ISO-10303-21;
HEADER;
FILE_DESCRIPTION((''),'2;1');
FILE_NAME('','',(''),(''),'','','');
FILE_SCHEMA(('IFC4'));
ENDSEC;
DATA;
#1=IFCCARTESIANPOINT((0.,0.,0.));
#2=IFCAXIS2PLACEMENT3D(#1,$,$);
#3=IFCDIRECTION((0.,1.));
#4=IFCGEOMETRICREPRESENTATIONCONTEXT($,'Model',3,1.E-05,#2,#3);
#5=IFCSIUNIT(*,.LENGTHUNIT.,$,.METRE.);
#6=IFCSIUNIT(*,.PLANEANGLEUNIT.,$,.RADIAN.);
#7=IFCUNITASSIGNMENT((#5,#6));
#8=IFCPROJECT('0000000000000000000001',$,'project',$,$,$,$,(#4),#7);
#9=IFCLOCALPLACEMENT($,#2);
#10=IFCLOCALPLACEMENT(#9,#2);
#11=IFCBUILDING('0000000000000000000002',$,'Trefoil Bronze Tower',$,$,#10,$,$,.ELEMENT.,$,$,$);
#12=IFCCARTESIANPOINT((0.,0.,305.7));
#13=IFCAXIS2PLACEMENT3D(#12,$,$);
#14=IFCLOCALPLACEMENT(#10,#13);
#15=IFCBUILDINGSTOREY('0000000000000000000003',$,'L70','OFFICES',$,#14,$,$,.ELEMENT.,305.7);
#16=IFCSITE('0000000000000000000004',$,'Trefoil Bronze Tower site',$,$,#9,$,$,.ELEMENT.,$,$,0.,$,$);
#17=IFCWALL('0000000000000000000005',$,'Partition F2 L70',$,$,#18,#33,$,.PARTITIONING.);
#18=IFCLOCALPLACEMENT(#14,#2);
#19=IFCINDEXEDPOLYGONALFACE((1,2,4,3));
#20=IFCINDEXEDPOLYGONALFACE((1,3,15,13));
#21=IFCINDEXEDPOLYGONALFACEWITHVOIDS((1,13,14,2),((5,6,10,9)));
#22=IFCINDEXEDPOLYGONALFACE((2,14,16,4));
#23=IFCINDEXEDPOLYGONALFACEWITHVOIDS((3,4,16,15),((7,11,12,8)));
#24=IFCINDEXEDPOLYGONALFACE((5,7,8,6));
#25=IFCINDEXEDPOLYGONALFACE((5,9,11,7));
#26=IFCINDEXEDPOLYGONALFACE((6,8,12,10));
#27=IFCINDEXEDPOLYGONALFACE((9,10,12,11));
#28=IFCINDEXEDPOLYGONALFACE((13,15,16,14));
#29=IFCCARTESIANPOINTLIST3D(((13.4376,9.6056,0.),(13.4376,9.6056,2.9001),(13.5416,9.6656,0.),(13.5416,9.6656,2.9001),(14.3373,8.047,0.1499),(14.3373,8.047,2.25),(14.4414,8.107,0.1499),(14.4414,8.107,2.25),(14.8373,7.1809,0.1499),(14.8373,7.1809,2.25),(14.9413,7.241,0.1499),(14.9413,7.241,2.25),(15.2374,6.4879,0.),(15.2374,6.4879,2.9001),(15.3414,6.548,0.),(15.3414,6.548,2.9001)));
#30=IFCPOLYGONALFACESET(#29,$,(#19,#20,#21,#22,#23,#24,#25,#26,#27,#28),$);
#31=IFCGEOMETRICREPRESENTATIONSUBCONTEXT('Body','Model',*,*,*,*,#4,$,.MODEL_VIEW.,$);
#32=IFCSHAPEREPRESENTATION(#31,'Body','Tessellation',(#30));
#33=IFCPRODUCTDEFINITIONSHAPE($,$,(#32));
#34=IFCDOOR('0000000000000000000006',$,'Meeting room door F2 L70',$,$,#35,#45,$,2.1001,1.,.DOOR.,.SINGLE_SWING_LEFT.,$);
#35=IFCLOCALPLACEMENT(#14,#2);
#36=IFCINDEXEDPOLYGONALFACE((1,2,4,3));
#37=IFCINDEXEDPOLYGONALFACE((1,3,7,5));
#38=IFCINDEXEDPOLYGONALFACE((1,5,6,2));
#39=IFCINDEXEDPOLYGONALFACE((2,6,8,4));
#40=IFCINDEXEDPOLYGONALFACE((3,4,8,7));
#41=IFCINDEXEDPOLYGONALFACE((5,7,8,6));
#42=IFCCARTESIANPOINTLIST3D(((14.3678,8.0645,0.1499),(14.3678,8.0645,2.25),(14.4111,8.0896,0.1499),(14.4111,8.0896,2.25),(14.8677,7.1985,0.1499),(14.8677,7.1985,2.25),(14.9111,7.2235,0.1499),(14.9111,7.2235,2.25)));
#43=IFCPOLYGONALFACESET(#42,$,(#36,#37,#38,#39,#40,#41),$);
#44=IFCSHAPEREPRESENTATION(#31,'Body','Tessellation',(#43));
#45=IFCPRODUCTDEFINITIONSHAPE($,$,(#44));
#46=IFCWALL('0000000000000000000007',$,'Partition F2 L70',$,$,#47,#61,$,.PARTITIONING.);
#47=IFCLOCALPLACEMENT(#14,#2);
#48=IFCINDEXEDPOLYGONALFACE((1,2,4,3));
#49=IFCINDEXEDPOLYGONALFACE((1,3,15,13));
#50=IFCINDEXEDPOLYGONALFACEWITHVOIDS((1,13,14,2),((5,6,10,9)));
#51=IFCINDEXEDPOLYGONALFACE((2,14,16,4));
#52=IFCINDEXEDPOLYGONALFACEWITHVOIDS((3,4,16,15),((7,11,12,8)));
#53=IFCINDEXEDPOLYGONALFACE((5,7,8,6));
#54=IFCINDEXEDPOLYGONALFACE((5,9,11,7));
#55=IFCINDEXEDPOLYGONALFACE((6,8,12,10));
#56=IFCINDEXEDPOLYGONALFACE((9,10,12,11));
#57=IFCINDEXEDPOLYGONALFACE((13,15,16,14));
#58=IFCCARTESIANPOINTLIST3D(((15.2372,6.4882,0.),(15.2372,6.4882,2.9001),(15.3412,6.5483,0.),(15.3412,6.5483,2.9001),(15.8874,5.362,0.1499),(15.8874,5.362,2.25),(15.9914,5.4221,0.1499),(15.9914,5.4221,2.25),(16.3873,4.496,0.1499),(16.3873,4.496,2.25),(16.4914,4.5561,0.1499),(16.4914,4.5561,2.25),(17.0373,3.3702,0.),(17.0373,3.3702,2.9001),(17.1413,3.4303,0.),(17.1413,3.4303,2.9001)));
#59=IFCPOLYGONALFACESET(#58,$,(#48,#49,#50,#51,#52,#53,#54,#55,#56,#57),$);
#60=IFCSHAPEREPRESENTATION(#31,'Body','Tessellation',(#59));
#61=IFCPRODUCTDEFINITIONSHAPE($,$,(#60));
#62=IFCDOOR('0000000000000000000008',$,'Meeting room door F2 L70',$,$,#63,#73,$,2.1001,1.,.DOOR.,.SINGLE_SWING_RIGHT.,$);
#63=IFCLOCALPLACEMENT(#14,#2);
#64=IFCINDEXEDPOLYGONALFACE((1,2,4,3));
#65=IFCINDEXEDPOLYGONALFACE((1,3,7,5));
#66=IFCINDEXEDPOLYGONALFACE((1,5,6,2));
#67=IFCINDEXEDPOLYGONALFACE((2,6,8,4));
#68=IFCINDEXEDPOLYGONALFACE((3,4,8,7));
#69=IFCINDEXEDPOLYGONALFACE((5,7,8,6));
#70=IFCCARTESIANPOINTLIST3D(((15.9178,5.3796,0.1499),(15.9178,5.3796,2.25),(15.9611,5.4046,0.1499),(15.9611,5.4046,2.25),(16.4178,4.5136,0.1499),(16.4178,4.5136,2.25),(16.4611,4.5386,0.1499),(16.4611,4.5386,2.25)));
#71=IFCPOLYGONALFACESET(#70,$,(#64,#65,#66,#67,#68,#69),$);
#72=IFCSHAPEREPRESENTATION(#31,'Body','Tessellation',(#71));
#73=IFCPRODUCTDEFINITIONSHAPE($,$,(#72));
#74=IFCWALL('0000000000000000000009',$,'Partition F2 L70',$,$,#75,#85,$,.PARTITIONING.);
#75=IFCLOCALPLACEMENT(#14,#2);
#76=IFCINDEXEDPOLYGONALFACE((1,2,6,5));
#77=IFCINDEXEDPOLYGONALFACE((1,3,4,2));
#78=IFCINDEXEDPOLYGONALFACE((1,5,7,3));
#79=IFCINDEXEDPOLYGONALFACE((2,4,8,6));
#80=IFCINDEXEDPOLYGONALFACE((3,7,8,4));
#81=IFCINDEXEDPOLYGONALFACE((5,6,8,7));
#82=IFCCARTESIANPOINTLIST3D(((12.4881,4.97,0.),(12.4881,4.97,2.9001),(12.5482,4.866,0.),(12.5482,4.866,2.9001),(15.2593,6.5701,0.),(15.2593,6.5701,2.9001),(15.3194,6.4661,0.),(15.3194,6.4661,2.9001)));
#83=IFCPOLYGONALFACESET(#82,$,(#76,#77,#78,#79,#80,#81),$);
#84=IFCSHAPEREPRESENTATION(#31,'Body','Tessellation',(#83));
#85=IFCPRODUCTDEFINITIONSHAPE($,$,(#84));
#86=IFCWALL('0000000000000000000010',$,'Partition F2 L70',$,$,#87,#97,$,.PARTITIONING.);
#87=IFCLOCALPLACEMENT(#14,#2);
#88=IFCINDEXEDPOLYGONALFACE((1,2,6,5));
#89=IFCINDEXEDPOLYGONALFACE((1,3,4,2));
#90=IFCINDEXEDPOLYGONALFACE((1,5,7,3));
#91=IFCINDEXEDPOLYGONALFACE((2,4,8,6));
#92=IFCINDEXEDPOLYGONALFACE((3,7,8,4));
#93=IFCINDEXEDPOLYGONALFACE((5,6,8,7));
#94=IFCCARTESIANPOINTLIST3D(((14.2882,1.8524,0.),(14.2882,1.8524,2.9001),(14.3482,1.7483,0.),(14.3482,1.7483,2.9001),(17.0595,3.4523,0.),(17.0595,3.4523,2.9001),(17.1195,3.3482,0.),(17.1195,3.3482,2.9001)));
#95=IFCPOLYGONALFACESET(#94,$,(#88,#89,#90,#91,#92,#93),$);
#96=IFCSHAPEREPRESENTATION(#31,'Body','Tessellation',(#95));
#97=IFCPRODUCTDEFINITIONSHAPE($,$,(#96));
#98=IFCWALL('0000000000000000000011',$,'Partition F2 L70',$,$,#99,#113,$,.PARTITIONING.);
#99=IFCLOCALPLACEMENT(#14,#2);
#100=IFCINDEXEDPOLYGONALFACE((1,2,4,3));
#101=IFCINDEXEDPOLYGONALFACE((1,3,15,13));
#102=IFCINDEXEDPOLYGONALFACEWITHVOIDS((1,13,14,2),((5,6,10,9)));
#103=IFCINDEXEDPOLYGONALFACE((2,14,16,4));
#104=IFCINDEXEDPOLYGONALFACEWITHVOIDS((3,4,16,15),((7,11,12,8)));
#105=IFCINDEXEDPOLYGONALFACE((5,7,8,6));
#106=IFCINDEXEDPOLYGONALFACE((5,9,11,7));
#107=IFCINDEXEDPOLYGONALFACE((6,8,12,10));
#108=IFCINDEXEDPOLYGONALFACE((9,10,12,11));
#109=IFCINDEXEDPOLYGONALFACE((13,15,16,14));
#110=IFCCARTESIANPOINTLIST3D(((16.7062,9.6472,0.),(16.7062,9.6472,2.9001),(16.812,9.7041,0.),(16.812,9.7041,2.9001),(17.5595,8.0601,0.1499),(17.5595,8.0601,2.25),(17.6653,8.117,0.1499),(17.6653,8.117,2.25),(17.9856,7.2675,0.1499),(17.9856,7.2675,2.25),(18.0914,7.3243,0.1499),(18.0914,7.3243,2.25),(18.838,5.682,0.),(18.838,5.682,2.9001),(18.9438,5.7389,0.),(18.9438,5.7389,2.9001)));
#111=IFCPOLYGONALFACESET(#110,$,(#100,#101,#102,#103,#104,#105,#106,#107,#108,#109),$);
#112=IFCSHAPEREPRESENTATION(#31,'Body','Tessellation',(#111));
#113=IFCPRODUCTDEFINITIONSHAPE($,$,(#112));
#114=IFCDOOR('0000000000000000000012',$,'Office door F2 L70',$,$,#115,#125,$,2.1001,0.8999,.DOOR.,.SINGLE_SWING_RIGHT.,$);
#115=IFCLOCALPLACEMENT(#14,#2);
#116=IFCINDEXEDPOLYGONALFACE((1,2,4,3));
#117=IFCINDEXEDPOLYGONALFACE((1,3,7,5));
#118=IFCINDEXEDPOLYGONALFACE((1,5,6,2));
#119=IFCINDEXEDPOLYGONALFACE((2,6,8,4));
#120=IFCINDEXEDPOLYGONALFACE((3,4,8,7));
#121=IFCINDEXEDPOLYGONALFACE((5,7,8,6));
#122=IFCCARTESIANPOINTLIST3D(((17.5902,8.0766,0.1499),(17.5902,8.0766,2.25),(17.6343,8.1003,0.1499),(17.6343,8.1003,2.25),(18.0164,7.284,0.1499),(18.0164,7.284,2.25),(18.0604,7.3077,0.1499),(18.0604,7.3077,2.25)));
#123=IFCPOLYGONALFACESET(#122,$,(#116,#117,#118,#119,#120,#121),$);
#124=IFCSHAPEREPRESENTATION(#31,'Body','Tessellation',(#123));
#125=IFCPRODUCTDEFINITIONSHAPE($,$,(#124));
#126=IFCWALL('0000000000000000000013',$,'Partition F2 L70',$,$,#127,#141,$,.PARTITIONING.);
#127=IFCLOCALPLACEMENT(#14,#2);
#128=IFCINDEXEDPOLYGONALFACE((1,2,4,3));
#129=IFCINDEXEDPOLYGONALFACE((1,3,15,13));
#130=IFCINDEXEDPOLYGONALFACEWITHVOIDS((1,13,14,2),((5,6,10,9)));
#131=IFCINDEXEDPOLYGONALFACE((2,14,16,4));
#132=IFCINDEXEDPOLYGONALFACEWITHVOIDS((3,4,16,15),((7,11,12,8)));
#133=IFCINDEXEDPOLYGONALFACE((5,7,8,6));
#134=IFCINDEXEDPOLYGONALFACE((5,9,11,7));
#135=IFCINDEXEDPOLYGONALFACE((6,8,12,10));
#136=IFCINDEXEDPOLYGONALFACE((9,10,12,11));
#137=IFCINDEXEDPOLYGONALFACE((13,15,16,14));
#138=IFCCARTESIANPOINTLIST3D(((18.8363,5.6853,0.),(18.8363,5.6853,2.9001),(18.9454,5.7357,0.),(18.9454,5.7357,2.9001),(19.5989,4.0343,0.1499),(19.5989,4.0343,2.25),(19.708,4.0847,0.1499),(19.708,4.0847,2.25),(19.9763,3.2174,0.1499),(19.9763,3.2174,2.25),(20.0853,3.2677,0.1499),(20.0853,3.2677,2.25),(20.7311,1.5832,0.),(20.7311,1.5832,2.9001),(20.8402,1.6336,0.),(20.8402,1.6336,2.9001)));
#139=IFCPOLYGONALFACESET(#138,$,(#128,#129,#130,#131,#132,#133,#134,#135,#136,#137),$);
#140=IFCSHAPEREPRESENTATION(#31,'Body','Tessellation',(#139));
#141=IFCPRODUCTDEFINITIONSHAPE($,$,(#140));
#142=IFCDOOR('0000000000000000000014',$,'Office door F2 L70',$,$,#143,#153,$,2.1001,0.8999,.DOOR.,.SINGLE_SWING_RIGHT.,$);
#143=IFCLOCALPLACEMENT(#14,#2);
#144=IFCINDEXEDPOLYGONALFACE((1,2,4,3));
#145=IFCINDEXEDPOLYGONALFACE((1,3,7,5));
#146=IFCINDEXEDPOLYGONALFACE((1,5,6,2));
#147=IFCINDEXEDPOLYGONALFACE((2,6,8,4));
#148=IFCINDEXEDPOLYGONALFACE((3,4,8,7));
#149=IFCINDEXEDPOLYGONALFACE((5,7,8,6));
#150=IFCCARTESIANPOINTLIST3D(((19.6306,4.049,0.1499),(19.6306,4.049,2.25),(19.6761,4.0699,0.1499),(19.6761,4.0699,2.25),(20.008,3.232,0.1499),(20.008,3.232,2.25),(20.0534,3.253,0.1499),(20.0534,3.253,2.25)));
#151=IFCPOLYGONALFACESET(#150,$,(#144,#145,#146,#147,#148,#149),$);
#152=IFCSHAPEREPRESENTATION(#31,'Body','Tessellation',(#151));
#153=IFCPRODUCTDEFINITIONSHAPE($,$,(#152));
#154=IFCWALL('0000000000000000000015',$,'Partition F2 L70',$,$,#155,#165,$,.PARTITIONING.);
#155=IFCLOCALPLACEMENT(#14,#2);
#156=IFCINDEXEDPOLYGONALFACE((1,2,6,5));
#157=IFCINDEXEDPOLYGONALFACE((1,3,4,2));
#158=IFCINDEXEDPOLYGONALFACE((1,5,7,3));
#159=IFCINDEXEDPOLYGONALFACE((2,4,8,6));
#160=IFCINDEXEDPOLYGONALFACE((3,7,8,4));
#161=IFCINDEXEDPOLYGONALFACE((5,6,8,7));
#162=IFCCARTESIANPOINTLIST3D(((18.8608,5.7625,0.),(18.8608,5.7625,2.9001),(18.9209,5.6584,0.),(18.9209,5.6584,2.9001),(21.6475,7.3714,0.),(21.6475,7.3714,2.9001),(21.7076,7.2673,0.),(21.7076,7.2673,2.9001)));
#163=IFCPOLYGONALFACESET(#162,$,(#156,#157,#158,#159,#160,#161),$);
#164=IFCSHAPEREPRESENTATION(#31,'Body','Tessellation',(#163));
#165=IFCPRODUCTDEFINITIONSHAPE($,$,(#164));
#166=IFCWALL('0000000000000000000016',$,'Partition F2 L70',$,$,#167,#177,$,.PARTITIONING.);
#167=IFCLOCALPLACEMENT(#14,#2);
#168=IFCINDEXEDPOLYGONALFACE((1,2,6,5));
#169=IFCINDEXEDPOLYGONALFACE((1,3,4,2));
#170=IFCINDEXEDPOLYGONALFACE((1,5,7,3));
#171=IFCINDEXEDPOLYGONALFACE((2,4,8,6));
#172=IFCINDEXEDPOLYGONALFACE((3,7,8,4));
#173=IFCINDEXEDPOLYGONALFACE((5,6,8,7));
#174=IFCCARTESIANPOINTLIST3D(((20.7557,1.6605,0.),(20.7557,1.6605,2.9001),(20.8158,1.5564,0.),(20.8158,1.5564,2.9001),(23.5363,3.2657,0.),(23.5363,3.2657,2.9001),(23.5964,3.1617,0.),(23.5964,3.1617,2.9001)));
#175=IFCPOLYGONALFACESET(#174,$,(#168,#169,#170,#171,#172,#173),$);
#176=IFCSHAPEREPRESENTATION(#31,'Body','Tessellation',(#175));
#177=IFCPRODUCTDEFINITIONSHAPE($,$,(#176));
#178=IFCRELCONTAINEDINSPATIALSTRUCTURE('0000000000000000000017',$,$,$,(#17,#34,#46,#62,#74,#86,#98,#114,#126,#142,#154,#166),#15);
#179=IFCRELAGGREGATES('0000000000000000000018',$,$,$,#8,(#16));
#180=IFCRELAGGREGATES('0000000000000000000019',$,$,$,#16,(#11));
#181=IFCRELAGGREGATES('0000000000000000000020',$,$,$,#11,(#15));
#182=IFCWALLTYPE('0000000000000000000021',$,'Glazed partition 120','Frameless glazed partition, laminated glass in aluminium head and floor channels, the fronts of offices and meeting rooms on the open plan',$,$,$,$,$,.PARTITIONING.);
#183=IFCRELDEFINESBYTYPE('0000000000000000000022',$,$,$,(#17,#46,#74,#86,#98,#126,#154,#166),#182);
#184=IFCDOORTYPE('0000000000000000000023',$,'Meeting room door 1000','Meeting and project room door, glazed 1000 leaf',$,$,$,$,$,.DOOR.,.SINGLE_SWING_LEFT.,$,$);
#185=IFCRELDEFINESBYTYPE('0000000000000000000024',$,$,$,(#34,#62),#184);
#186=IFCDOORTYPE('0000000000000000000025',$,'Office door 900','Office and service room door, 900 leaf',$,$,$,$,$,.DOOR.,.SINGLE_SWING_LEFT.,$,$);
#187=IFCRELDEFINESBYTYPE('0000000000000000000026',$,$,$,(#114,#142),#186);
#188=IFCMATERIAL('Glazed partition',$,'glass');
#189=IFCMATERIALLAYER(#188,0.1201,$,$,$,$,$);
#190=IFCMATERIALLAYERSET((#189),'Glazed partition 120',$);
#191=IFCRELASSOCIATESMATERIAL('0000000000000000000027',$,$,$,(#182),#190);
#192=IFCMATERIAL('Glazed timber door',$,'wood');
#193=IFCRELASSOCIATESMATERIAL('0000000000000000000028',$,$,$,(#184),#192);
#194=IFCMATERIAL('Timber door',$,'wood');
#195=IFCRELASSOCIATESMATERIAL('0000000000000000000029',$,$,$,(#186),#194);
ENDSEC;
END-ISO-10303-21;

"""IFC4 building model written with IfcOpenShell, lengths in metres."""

from ifc_helpers import new_model, si_unit, direction, frame, frame_2d, origin, place, context, subcontext, project, spatial, rectangle, extrude, material, layer, layer_set, type_object, element, fill, save


model = new_model("IFC4")

# Units and contexts
model_context = context("Model", 3, precision=1e-05, world=origin(), true_north=direction((0.0, 1.0)))
body_context = subcontext(model_context, "Body", "Model", "MODEL_VIEW")
ifc_project = project(units=[si_unit("LENGTHUNIT", "METRE"), si_unit("PLANEANGLEUNIT", "RADIAN")], contexts=[model_context])

# Site, building, storey
site_placement = place(None, origin())
site = spatial("IfcSite", under=ifc_project, at=site_placement, Name="Trefoil Bronze Tower site", CompositionType="ELEMENT", RefElevation=0.0)
building_placement = place(site_placement, origin())
building = spatial("IfcBuilding", under=site, at=building_placement, Name="Trefoil Bronze Tower", CompositionType="ELEMENT")
storey_placement = place(building_placement, frame((0.0, 0.0, 305.7)))
storey = spatial("IfcBuildingStorey", under=building, at=storey_placement, Name="L70", Description="OFFICES", CompositionType="ELEMENT", Elevation=305.7)

# Walls, openings, doors
ifc_material_1 = material(Name="Glazed partition", Category="glass")
ifc_layer_1 = layer(ifc_material_1, 0.1201)
ifc_layer_set_1 = layer_set([ifc_layer_1], Name="Glazed partition 120")
wall_type_1 = type_object("IfcWallType", Name="Glazed partition 120", Description="Frameless glazed partition, laminated glass in aluminium head and floor channels, the fronts of offices and meeting rooms on the open plan", PredefinedType="PARTITIONING", material=ifc_layer_set_1)
wall_1_placement = place(storey_placement, frame((15.2893, 6.5181, 0.0), z_axis=(0.0, 0.0, 1.0), x_axis=(-0.499961, 0.866048, 0.0)))
wall_1 = element("IfcWall", 1, at=wall_1_placement, inside=storey, type_object=wall_type_1, Name="Partition F2 L70", PredefinedType="PARTITIONING", context=body_context, shape_type="SweptSolid", body=[
    extrude(rectangle(XDim=3.5999, YDim=0.1201, at=frame_2d((1.7998, 0.0))), origin(), (0.0, 0.0, 1.0), 2.9001),
])
opening_1_placement = place(wall_1_placement, frame((0.8, 0.0, 0.1499)))
opening_1 = element("IfcOpeningElement", 2, at=opening_1_placement, cuts=wall_1, PredefinedType="OPENING", context=body_context, shape_type="SweptSolid", body=[
    extrude(rectangle(XDim=1.0, YDim=2.1001, at=frame_2d((0.5, 1.05))), frame((0.0, 0.0701, 0.0), z_axis=(0.0, -1.0, 0.0), x_axis=(1.0, 0.0, 0.0)), (0.0, 0.0, 1.0), 0.1401),
])
ifc_material_2 = material(Name="Glazed timber door", Category="wood")
door_type_1 = type_object("IfcDoorType", Name="Meeting room door 1000", Description="Meeting and project room door, glazed 1000 leaf", OperationType="SINGLE_SWING_LEFT", PredefinedType="DOOR", material=ifc_material_2)
door_1_placement = place(opening_1_placement, origin())
door_1 = element("IfcDoor", 3, at=door_1_placement, inside=storey, type_object=door_type_1, Name="Meeting room door F2 L70", OperationType="SINGLE_SWING_LEFT", OverallHeight=2.1001, OverallWidth=1.0, PredefinedType="DOOR", context=body_context, shape_type="SweptSolid", body=[
    extrude(rectangle(XDim=1.0, YDim=2.1001, at=frame_2d((0.5, 1.05))), frame((0.0, 0.0249, 0.0), z_axis=(0.0, -1.0, 0.0), x_axis=(1.0, 0.0, 0.0)), (0.0, 0.0, 1.0), 0.05),
])
fill(opening_1, door_1)
wall_2_placement = place(storey_placement, frame((17.0894, 3.4001, 0.0), z_axis=(0.0, 0.0, 1.0), x_axis=(-0.499983, 0.866035, 0.0)))
wall_2 = element("IfcWall", 4, at=wall_2_placement, inside=storey, type_object=wall_type_1, Name="Partition F2 L70", PredefinedType="PARTITIONING", context=body_context, shape_type="SweptSolid", body=[
    extrude(rectangle(XDim=3.6003, YDim=0.1201, at=frame_2d((1.8003, 0.0))), origin(), (0.0, 0.0, 1.0), 2.9001),
])
opening_2_placement = place(wall_2_placement, frame((1.3, 0.0, 0.1499)))
opening_2 = element("IfcOpeningElement", 5, at=opening_2_placement, cuts=wall_2, PredefinedType="OPENING", context=body_context, shape_type="SweptSolid", body=[
    extrude(rectangle(XDim=1.0, YDim=2.1001, at=frame_2d((0.5, 1.05))), frame((0.0, 0.0701, 0.0), z_axis=(0.0, -1.0, 0.0), x_axis=(1.0, 0.0, 0.0)), (0.0, 0.0, 1.0), 0.1401),
])
door_2_placement = place(opening_2_placement, origin())
door_2 = element("IfcDoor", 6, at=door_2_placement, inside=storey, type_object=door_type_1, Name="Meeting room door F2 L70", OperationType="SINGLE_SWING_RIGHT", OverallHeight=2.1001, OverallWidth=1.0, PredefinedType="DOOR", context=body_context, shape_type="SweptSolid", body=[
    extrude(rectangle(XDim=1.0, YDim=2.1001, at=frame_2d((0.5, 1.05))), frame((0.0, 0.0249, 0.0), z_axis=(0.0, -1.0, 0.0), x_axis=(1.0, 0.0, 0.0)), (0.0, 0.0, 1.0), 0.05),
])
fill(opening_2, door_2)

# Walls
for number, where, z_axis, x_axis, name in (
    (7, (12.5181, 4.918, 0.0), (0.0, 0.0, 1.0), (0.866009, 0.500028, 0.0), "Partition F2 L70"),
    (8, (14.3181, 1.8003, 0.0), (0.0, 0.0, 1.0), (0.866042, 0.499971, 0.0), "Partition F2 L70"),
):
    element("IfcWall", number, at=place(storey_placement, frame(where, z_axis=z_axis, x_axis=x_axis)), inside=storey, type_object=wall_type_1, Name=name, PredefinedType="PARTITIONING", context=body_context, shape_type="SweptSolid", body=[
        extrude(rectangle(XDim=3.2, YDim=0.1201, at=frame_2d((1.6001, 0.0))), origin(), (0.0, 0.0, 1.0), 2.9001),
    ])

# Walls, openings, doors
wall_3_placement = place(storey_placement, frame((18.8909, 5.7104, 0.0), z_axis=(0.0, 0.0, 1.0), x_axis=(-0.473524, 0.880781, 0.0)))
wall_3 = element("IfcWall", 9, at=wall_3_placement, inside=storey, type_object=wall_type_1, Name="Partition F2 L70", PredefinedType="PARTITIONING", context=body_context, shape_type="SweptSolid", body=[
    extrude(rectangle(XDim=4.502, YDim=0.1201, at=frame_2d((2.251, 0.0))), origin(), (0.0, 0.0, 1.0), 2.9001),
])
opening_3_placement = place(wall_3_placement, frame((1.8, 0.0, 0.1499)))
opening_3 = element("IfcOpeningElement", 10, at=opening_3_placement, cuts=wall_3, PredefinedType="OPENING", context=body_context, shape_type="SweptSolid", body=[
    extrude(rectangle(XDim=0.8999, YDim=2.1001, at=frame_2d((0.45, 1.05))), frame((0.0, 0.0701, 0.0), z_axis=(0.0, -1.0, 0.0), x_axis=(1.0, 0.0, 0.0)), (0.0, 0.0, 1.0), 0.1401),
])
ifc_material_3 = material(Name="Timber door", Category="wood")
door_type_2 = type_object("IfcDoorType", Name="Office door 900", Description="Office and service room door, 900 leaf", OperationType="SINGLE_SWING_LEFT", PredefinedType="DOOR", material=ifc_material_3)
door_3_placement = place(opening_3_placement, frame((0.8999, 0.0, 0.0), z_axis=(0.0, 0.0, 1.0), x_axis=(-1.0, 0.0, 0.0)))
door_3 = element("IfcDoor", 11, at=door_3_placement, inside=storey, type_object=door_type_2, Name="Office door F2 L70", OperationType="SINGLE_SWING_RIGHT", OverallHeight=2.1001, OverallWidth=0.8999, PredefinedType="DOOR", context=body_context, shape_type="SweptSolid", body=[
    extrude(rectangle(XDim=0.8999, YDim=2.1001, at=frame_2d((0.45, 1.05))), frame((0.0, 0.0249, 0.0), z_axis=(0.0, -1.0, 0.0), x_axis=(1.0, 0.0, 0.0)), (0.0, 0.0, 1.0), 0.05),
])
fill(opening_3, door_3)
wall_4_placement = place(storey_placement, frame((20.7856, 1.6084, 0.0), z_axis=(0.0, 0.0, 1.0), x_axis=(-0.419336, 0.907831, 0.0)))
wall_4 = element("IfcWall", 12, at=wall_4_placement, inside=storey, type_object=wall_type_1, Name="Partition F2 L70", PredefinedType="PARTITIONING", context=body_context, shape_type="SweptSolid", body=[
    extrude(rectangle(XDim=4.5186, YDim=0.1201, at=frame_2d((2.2593, 0.0))), origin(), (0.0, 0.0, 1.0), 2.9001),
])
opening_4_placement = place(wall_4_placement, frame((1.8, 0.0, 0.1499)))
opening_4 = element("IfcOpeningElement", 13, at=opening_4_placement, cuts=wall_4, PredefinedType="OPENING", context=body_context, shape_type="SweptSolid", body=[
    extrude(rectangle(XDim=0.8999, YDim=2.1001, at=frame_2d((0.45, 1.05))), frame((0.0, 0.0701, 0.0), z_axis=(0.0, -1.0, 0.0), x_axis=(1.0, 0.0, 0.0)), (0.0, 0.0, 1.0), 0.1401),
])
door_4_placement = place(opening_4_placement, frame((0.8999, 0.0, 0.0), z_axis=(0.0, 0.0, 1.0), x_axis=(-1.0, 0.0, 0.0)))
door_4 = element("IfcDoor", 14, at=door_4_placement, inside=storey, type_object=door_type_2, Name="Office door F2 L70", OperationType="SINGLE_SWING_RIGHT", OverallHeight=2.1001, OverallWidth=0.8999, PredefinedType="DOOR", context=body_context, shape_type="SweptSolid", body=[
    extrude(rectangle(XDim=0.8999, YDim=2.1001, at=frame_2d((0.45, 1.05))), frame((0.0, 0.0249, 0.0), z_axis=(0.0, -1.0, 0.0), x_axis=(1.0, 0.0, 0.0)), (0.0, 0.0, 1.0), 0.05),
])
fill(opening_4, door_4)

# Walls
wall_5_placement = place(storey_placement, frame((18.8909, 5.7104, 0.0), z_axis=(0.0, 0.0, 1.0), x_axis=(0.866021, 0.500007, 0.0)))
element("IfcWall", 15, at=wall_5_placement, inside=storey, type_object=wall_type_1, Name="Partition F2 L70", PredefinedType="PARTITIONING", context=body_context, shape_type="SweptSolid", body=[
    extrude(rectangle(XDim=3.2178, YDim=0.1201, at=frame_2d((1.6089, 0.0))), origin(), (0.0, 0.0, 1.0), 2.9001),
])
wall_6_placement = place(storey_placement, frame((20.7856, 1.6084, 0.0), z_axis=(0.0, 0.0, 1.0), x_axis=(0.86604, 0.499975, 0.0)))
element("IfcWall", 16, at=wall_6_placement, inside=storey, type_object=wall_type_1, Name="Partition F2 L70", PredefinedType="PARTITIONING", context=body_context, shape_type="SweptSolid", body=[
    extrude(rectangle(XDim=3.2107, YDim=0.1201, at=frame_2d((1.6055, 0.0))), origin(), (0.0, 0.0, 1.0), 2.9001),
])

save(model, "model.ifc")
